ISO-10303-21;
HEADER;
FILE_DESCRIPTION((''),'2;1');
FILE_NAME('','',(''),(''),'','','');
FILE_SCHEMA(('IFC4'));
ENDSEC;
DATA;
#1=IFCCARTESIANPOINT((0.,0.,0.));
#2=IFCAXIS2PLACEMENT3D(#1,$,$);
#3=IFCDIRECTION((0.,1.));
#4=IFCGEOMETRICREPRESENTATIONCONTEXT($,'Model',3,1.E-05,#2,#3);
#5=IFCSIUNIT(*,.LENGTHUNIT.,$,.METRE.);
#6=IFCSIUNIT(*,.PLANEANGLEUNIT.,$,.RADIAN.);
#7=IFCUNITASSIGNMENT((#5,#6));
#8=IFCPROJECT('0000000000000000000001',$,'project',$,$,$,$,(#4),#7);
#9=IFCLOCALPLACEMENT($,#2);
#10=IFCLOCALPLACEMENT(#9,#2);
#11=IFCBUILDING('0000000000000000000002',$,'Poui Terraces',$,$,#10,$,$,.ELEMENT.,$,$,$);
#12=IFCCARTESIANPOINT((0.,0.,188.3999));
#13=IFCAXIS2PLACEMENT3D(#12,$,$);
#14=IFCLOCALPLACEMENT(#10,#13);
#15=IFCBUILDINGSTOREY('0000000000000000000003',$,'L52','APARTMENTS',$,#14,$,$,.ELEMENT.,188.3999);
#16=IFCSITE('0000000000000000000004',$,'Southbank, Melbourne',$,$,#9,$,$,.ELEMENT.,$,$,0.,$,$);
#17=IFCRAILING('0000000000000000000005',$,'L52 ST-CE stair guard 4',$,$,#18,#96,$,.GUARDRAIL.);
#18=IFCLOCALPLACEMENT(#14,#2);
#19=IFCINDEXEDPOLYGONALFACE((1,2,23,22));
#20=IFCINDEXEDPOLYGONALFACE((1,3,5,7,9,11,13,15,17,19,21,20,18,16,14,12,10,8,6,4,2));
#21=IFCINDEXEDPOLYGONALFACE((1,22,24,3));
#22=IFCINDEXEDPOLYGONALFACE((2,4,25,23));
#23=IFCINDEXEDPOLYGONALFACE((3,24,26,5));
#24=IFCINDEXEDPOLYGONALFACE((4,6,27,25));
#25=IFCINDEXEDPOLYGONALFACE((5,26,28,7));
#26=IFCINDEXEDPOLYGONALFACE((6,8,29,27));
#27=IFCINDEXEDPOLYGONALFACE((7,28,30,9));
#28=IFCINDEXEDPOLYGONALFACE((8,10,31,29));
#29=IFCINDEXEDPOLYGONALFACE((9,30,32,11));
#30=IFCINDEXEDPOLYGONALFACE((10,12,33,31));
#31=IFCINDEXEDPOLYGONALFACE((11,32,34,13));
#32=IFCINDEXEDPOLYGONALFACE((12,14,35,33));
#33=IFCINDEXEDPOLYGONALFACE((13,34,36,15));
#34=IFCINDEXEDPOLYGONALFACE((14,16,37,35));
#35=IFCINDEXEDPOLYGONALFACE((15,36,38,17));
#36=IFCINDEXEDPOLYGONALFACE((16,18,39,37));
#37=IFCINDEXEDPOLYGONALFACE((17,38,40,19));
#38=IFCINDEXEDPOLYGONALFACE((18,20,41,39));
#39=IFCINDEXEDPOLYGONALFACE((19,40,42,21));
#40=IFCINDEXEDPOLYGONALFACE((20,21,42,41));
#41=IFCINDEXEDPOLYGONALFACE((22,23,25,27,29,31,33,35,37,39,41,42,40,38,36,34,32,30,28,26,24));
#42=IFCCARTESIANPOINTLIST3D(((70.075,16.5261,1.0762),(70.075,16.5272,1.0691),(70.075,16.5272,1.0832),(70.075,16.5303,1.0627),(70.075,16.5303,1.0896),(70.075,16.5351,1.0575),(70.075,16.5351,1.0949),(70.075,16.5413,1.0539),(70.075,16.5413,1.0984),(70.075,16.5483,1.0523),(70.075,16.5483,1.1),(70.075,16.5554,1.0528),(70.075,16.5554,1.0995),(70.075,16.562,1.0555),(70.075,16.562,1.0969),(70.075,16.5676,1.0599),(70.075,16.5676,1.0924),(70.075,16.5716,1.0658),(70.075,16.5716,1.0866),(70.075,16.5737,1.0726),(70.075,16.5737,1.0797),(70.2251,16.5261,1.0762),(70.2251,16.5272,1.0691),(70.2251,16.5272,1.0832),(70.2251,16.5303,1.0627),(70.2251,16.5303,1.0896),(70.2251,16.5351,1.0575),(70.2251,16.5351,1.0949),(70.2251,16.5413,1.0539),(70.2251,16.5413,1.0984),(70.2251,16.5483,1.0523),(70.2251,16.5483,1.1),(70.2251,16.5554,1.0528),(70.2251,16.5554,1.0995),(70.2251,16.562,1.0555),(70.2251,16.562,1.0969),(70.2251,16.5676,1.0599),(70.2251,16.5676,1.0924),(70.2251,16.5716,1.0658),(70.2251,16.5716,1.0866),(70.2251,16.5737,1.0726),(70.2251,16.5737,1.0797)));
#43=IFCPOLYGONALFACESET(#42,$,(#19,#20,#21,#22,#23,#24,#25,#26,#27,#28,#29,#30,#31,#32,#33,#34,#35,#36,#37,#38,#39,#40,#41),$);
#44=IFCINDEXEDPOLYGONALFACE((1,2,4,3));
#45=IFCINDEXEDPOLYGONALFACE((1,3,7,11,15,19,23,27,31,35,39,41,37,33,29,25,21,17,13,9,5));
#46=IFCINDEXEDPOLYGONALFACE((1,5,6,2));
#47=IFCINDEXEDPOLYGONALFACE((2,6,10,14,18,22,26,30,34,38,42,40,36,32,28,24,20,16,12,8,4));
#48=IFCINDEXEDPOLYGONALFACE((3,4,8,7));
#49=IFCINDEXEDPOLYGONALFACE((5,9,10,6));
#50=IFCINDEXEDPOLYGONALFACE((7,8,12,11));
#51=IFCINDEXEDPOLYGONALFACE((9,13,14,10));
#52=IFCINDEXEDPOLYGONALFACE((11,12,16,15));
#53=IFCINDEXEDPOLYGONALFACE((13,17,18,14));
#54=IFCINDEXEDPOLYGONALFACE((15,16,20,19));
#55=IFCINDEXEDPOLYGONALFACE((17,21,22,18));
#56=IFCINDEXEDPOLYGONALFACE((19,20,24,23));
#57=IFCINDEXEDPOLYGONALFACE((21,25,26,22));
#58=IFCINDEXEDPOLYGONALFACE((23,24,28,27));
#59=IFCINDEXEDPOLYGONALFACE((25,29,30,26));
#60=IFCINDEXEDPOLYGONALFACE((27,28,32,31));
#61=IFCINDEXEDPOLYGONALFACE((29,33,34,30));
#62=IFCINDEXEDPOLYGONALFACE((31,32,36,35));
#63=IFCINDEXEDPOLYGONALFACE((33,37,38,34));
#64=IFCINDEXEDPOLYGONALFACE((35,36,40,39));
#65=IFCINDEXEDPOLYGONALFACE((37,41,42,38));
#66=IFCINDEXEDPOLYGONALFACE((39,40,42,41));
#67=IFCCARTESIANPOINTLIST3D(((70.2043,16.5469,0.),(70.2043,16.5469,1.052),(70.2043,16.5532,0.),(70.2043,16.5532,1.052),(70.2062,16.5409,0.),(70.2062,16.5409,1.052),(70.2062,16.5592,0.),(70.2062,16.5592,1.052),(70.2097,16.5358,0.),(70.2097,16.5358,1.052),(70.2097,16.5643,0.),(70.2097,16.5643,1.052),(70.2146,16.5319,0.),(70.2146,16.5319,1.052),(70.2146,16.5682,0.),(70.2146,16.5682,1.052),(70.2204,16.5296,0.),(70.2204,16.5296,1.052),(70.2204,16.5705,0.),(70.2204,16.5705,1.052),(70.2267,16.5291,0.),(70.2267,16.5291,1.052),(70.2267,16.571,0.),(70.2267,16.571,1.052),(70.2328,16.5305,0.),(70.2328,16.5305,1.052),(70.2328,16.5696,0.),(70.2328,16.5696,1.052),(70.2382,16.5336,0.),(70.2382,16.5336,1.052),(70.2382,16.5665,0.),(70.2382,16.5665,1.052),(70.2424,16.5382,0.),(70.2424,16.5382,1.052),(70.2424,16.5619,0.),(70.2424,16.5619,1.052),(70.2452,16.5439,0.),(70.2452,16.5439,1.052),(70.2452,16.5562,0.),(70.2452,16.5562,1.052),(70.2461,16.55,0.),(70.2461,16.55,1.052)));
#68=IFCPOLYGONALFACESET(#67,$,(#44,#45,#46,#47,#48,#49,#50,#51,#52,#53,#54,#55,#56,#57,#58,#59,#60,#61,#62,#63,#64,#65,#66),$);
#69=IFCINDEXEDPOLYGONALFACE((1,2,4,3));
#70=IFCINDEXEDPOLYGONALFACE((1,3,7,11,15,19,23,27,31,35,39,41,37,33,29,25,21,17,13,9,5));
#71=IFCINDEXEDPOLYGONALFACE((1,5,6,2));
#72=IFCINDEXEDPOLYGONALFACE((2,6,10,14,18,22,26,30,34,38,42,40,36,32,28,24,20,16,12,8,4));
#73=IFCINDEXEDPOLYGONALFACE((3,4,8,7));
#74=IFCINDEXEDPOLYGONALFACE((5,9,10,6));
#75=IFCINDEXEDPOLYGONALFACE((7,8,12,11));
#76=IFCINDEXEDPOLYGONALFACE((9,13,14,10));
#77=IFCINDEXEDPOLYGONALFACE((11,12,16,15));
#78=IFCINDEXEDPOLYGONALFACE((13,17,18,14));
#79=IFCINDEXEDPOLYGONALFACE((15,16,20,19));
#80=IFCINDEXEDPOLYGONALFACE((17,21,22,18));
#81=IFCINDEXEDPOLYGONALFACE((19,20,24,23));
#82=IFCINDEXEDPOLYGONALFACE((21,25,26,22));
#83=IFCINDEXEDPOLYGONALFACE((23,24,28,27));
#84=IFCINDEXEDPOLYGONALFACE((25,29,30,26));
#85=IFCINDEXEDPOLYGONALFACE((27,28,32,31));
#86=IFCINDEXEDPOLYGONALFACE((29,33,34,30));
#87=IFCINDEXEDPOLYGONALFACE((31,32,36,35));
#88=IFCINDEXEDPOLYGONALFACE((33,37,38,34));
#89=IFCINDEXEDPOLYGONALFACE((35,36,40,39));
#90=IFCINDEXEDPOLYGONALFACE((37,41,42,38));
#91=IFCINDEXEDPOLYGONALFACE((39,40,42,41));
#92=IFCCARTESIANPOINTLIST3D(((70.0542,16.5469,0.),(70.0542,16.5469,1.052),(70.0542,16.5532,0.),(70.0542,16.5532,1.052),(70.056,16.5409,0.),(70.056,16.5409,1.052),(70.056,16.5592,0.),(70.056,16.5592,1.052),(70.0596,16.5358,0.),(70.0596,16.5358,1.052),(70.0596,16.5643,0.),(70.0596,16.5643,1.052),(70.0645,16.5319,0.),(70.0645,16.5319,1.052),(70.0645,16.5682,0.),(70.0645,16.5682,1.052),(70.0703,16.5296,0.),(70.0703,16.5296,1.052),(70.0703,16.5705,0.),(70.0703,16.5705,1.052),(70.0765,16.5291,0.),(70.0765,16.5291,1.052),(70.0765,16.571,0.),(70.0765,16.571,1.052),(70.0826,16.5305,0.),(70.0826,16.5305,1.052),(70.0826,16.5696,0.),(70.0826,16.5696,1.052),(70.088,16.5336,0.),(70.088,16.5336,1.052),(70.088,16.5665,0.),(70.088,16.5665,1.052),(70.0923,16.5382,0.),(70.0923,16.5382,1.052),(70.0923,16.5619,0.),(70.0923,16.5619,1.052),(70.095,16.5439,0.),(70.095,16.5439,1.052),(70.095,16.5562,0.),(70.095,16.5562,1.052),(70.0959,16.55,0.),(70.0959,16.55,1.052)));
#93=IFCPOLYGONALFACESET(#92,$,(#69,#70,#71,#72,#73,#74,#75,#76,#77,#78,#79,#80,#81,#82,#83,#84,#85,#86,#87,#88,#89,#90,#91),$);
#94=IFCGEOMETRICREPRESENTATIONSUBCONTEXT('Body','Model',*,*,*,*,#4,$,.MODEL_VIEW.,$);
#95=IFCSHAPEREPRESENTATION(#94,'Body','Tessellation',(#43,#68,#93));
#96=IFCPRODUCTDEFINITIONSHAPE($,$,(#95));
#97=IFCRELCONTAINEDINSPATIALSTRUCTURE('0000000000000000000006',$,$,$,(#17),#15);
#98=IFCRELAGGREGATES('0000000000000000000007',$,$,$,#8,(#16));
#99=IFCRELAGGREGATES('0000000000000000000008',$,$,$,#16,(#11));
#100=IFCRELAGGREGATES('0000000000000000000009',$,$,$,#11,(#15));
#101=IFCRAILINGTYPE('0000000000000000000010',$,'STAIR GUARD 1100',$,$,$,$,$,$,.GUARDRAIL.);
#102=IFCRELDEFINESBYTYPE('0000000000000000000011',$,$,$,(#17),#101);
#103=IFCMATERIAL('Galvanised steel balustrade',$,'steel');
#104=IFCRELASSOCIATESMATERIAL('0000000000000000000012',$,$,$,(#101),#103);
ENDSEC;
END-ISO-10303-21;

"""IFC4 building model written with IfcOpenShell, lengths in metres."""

from ifc_helpers import new_model, si_unit, direction, frame, origin, origin_2d, place, context, subcontext, project, spatial, circle, extrude, material, type_object, element, save


model = new_model("IFC4")

# Units and contexts
model_context = context("Model", 3, precision=1e-05, world=origin(), true_north=direction((0.0, 1.0)))
body_context = subcontext(model_context, "Body", "Model", "MODEL_VIEW")
ifc_project = project(units=[si_unit("LENGTHUNIT", "METRE"), si_unit("PLANEANGLEUNIT", "RADIAN")], contexts=[model_context])

# Site, building, storey
site_placement = place(None, origin())
site = spatial("IfcSite", under=ifc_project, at=site_placement, Name="Southbank, Melbourne", CompositionType="ELEMENT", RefElevation=0.0)
building_placement = place(site_placement, origin())
building = spatial("IfcBuilding", under=site, at=building_placement, Name="Poui Terraces", CompositionType="ELEMENT")
storey_placement = place(building_placement, frame((0.0, 0.0, 188.3999)))
storey = spatial("IfcBuildingStorey", under=building, at=storey_placement, Name="L52", Description="APARTMENTS", CompositionType="ELEMENT", Elevation=188.3999)

# Railing
ifc_material_1 = material(Name="Galvanised steel balustrade", Category="steel")
railing_type_1 = type_object("IfcRailingType", Name="STAIR GUARD 1100", PredefinedType="GUARDRAIL", material=ifc_material_1)
railing_1_placement = place(storey_placement, frame((70.2251, 16.55, 0.0)))
element("IfcRailing", 1, at=railing_1_placement, inside=storey, type_object=railing_type_1, Name="L52 ST-CE stair guard 4", PredefinedType="GUARDRAIL", context=body_context, shape_type="SweptSolid", body=[
    extrude(circle(Radius=0.0239, at=origin_2d()), frame((0.0, 0.0, 1.0762), z_axis=(-1.0, 0.0, 0.0), x_axis=(0.0, -1.0, 0.0)), (0.0, 0.0, 1.0), 0.1501),
    extrude(circle(Radius=0.021, at=origin_2d()), origin(), (0.0, 0.0, 1.0), 1.052),
    extrude(circle(Radius=0.021, at=origin_2d()), frame((-0.1501, 0.0, 0.0)), (0.0, 0.0, 1.0), 1.052),
])

save(model, "model.ifc")
